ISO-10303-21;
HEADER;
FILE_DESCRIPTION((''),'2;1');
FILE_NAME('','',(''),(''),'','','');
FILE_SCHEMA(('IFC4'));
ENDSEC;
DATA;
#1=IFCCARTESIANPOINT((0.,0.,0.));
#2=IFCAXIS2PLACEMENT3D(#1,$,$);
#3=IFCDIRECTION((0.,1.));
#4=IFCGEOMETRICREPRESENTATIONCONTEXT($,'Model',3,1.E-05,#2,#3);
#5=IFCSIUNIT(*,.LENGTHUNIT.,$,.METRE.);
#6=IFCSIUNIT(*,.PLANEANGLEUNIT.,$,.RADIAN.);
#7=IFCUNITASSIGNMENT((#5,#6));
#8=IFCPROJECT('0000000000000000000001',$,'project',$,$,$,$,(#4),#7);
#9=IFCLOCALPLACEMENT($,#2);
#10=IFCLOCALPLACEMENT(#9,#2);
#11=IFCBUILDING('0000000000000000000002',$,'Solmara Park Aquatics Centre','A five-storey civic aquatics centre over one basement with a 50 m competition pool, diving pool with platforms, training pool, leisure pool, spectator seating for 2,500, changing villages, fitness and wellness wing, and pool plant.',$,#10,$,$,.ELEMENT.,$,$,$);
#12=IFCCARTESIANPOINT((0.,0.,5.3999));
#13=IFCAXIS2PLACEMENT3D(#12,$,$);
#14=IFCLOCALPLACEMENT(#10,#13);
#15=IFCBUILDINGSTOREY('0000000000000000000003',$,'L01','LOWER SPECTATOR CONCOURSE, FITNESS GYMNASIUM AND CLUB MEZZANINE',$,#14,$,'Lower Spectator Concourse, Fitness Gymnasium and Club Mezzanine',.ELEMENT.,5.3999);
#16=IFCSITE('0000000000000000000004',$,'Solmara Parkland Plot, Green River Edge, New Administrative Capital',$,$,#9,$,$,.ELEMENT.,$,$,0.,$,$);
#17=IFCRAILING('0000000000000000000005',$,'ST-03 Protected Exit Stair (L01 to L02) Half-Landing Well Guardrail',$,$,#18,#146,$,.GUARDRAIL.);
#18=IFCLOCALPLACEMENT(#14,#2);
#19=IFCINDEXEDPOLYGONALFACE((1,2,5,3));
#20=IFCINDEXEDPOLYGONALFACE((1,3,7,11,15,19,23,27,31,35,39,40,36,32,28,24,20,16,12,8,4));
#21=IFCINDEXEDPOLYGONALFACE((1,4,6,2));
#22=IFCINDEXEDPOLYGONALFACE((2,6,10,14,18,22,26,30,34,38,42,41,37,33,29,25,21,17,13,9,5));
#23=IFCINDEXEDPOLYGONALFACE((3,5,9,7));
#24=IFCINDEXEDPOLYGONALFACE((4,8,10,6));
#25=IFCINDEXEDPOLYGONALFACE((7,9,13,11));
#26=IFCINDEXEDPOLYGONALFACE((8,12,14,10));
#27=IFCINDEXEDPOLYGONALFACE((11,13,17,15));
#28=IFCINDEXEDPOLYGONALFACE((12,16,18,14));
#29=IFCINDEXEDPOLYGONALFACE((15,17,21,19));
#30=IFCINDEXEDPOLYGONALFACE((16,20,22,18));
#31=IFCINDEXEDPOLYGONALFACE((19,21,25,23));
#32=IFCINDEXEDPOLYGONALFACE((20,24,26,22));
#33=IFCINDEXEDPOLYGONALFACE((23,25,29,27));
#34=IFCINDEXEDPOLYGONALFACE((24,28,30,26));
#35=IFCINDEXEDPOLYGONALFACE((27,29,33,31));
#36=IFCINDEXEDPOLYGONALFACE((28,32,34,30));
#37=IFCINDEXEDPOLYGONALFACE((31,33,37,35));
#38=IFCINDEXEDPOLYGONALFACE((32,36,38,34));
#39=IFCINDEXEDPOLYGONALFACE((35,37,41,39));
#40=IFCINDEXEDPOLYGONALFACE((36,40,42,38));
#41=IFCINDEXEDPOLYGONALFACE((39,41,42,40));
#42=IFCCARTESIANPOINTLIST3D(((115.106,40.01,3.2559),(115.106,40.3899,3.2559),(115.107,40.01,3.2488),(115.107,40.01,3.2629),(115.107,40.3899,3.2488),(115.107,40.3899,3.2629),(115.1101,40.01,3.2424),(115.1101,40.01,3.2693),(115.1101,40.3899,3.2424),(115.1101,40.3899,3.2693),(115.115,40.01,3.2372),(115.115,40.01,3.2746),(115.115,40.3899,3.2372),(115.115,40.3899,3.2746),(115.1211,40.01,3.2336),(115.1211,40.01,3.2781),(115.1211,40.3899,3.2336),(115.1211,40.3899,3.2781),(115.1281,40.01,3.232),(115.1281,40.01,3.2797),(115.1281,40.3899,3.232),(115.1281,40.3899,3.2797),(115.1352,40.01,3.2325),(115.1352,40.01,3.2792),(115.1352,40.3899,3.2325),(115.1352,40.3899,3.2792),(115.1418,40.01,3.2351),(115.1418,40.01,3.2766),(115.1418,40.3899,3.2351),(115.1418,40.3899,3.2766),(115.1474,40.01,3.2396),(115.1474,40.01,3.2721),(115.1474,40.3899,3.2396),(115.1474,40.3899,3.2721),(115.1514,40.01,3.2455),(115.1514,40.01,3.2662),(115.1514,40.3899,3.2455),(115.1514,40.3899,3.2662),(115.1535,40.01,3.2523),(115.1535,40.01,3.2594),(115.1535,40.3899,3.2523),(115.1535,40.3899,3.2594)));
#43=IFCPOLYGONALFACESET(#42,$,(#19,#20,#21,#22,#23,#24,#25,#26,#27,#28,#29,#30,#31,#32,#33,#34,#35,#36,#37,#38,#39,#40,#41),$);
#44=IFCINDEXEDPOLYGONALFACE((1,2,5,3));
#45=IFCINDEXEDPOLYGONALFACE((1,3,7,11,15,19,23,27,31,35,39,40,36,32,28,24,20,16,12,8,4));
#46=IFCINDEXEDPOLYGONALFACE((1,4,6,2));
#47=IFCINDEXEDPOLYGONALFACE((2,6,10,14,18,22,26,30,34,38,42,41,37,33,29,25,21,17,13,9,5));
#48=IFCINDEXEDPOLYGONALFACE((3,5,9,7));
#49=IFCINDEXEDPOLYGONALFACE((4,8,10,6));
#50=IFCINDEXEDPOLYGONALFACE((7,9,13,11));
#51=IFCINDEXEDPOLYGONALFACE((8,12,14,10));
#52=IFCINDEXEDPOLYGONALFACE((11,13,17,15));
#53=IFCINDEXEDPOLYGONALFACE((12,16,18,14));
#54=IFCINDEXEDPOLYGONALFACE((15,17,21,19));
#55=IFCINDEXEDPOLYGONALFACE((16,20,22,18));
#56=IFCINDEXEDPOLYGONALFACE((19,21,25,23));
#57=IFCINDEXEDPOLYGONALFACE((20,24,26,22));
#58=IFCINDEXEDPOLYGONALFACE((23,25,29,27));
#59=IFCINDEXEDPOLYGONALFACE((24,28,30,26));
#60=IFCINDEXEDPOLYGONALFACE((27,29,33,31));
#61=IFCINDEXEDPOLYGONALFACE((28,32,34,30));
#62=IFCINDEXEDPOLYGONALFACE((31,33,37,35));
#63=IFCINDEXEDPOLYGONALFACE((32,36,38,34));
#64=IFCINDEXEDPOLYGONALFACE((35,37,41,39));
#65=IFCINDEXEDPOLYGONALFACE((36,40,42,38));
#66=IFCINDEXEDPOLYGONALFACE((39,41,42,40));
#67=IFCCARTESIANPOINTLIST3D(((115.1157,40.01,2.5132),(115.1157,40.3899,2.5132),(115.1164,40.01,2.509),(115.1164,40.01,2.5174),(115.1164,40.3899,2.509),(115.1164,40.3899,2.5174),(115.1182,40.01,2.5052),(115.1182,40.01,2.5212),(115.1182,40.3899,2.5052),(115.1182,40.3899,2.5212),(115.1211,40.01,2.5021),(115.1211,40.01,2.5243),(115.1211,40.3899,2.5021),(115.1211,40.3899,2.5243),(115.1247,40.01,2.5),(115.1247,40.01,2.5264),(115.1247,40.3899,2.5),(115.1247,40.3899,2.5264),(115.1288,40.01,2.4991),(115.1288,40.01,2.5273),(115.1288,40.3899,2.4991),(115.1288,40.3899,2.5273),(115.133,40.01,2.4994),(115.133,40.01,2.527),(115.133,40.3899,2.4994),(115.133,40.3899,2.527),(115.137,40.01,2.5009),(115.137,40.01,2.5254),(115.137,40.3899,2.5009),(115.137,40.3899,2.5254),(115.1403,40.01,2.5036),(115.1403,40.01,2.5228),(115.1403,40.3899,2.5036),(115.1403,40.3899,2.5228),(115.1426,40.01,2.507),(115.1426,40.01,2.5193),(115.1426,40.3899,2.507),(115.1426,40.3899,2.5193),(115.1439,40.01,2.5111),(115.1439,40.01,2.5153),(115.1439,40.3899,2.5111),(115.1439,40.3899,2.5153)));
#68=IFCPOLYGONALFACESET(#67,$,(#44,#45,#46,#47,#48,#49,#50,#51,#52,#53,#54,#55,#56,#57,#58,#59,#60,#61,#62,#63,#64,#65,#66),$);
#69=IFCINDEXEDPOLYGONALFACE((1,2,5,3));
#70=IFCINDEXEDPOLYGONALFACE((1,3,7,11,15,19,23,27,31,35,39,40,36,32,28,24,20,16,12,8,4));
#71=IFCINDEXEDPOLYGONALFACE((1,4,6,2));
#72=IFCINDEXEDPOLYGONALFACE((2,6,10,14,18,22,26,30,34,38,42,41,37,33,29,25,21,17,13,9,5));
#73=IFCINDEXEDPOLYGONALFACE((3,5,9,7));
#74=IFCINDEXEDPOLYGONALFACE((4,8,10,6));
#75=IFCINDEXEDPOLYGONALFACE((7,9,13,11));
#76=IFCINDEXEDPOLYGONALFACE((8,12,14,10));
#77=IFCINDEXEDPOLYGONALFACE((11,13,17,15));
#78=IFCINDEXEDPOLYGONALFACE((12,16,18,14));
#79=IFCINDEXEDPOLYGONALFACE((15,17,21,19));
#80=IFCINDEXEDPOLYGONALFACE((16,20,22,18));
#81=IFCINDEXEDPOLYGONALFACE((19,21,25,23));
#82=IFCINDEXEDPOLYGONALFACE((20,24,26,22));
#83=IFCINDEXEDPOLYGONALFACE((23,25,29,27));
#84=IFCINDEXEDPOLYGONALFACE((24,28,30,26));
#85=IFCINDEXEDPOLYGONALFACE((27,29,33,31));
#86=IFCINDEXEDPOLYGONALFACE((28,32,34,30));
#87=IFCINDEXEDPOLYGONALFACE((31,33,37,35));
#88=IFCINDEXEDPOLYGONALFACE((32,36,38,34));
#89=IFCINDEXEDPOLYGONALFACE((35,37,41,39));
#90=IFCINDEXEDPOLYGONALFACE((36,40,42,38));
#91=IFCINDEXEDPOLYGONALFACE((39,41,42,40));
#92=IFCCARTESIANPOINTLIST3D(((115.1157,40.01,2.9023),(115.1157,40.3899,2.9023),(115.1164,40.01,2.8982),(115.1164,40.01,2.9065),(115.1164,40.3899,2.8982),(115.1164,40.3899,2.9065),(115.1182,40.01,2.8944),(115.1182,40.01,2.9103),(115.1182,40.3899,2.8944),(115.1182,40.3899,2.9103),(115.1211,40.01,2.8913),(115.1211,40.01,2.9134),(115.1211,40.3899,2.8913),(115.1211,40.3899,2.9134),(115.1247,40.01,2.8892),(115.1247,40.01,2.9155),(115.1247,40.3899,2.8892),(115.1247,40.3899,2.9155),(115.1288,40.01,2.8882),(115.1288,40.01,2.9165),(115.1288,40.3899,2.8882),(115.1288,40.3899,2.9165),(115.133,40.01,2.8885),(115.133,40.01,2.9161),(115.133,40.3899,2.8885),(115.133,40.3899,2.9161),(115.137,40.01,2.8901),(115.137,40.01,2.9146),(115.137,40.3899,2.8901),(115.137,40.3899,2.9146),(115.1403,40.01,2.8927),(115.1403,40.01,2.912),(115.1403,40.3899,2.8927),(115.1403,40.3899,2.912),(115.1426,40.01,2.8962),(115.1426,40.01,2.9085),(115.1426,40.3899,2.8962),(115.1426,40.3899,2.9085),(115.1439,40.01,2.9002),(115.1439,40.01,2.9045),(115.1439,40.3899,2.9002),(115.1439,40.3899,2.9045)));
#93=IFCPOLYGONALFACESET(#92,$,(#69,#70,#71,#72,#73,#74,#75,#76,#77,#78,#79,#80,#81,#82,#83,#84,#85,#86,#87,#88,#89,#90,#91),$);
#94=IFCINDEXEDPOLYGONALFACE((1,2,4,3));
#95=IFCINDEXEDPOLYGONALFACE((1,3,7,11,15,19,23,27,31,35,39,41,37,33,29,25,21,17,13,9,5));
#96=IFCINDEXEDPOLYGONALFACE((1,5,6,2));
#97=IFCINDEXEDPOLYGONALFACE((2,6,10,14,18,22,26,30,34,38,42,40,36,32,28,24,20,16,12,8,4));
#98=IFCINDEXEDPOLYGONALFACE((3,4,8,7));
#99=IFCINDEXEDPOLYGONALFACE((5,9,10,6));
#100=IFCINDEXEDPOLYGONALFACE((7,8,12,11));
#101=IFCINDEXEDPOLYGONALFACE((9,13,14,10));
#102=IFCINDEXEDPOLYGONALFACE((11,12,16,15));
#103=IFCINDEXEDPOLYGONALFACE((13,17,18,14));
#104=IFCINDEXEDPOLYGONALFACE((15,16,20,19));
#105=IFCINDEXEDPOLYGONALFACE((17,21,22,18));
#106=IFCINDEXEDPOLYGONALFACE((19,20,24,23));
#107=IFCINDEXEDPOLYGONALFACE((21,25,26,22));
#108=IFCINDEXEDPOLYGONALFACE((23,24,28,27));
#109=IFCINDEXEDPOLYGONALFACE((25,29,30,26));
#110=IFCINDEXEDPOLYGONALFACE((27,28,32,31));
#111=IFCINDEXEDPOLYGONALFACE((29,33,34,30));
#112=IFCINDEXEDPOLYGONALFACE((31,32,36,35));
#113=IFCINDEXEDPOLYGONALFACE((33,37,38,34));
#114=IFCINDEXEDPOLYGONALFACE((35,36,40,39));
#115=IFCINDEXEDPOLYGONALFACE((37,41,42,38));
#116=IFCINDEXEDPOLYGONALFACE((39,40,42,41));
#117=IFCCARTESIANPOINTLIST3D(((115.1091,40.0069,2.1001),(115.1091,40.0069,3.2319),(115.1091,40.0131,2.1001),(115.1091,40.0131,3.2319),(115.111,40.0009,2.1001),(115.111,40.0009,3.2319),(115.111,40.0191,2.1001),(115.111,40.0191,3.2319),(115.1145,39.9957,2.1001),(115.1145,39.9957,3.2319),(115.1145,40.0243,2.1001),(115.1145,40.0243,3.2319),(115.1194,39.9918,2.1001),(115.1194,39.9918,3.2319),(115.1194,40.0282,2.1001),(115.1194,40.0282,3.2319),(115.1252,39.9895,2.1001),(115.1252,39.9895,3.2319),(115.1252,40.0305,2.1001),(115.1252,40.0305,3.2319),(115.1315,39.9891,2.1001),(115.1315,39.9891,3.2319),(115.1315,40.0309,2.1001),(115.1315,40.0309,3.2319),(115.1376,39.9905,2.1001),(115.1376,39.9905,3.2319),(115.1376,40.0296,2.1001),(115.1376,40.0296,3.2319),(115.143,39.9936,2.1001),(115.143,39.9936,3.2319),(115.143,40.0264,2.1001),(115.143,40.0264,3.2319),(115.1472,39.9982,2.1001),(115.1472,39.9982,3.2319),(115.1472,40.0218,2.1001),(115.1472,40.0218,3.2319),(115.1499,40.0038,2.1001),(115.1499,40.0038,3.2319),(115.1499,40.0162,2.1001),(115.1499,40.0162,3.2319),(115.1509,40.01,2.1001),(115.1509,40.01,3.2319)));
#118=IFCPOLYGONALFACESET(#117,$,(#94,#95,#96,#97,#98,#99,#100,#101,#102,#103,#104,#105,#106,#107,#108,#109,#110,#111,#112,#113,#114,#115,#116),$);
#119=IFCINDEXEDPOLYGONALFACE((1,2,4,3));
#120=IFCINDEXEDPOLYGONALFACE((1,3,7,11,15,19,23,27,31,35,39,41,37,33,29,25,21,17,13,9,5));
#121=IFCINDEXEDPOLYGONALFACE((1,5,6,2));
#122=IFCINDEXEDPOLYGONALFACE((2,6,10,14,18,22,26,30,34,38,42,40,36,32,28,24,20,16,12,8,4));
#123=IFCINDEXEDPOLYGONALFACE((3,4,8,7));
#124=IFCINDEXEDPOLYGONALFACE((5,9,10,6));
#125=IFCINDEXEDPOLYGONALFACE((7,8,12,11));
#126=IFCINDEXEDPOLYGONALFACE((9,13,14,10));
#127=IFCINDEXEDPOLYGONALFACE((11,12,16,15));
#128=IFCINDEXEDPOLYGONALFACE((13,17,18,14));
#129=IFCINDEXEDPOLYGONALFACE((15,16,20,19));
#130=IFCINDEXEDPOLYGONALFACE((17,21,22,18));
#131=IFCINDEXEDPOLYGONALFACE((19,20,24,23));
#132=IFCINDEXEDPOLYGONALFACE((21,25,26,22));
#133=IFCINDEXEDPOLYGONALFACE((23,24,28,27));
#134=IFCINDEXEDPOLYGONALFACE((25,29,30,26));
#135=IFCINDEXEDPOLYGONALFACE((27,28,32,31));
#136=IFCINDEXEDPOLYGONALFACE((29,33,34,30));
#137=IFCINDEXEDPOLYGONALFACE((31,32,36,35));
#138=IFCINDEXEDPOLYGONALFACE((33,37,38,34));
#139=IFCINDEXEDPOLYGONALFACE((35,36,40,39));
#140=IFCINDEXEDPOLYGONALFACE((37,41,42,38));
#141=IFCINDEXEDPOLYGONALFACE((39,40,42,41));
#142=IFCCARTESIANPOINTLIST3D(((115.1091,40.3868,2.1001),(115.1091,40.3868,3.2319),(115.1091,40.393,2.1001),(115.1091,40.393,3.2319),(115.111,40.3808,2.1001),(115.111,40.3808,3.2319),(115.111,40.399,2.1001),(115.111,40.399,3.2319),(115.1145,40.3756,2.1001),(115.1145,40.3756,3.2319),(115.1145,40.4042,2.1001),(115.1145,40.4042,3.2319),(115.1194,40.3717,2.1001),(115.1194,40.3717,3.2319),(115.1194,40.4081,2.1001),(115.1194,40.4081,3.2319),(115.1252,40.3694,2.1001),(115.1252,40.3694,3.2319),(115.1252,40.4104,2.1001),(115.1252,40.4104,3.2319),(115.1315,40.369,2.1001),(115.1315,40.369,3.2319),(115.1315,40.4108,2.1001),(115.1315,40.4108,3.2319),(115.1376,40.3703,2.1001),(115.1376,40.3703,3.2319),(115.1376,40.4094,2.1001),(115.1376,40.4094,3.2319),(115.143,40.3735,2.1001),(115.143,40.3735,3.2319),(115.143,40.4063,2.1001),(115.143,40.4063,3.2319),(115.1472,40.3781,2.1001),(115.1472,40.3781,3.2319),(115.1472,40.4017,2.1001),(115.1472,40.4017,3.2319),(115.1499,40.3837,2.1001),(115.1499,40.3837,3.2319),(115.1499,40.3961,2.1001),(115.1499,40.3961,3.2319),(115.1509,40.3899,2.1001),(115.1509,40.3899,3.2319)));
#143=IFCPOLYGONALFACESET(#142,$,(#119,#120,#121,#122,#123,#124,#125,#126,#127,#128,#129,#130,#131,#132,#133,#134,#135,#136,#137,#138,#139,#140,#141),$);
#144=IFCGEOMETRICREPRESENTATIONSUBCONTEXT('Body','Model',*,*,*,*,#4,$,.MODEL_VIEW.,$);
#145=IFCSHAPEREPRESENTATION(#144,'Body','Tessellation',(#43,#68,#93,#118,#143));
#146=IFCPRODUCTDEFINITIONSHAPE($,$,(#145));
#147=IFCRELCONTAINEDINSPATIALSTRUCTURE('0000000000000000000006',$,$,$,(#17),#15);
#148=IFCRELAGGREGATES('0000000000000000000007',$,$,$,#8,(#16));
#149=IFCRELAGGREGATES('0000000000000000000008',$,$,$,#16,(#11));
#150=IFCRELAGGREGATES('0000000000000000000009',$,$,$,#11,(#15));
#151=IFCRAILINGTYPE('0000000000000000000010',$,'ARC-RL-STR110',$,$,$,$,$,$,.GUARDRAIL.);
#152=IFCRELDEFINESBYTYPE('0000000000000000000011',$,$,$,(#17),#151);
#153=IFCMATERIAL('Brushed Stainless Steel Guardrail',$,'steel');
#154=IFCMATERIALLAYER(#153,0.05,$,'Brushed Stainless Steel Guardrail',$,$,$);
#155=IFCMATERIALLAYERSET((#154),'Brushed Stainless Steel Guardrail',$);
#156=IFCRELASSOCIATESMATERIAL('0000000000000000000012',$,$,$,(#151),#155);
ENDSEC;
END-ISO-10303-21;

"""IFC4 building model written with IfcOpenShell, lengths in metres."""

from ifc_helpers import new_model, si_unit, direction, frame, origin, origin_2d, place, context, subcontext, project, spatial, circle, extrude, material, layer, layer_set, type_object, element, save


model = new_model("IFC4")

# Units and contexts
model_context = context("Model", 3, precision=1e-05, world=origin(), true_north=direction((0.0, 1.0)))
body_context = subcontext(model_context, "Body", "Model", "MODEL_VIEW")
ifc_project = project(units=[si_unit("LENGTHUNIT", "METRE"), si_unit("PLANEANGLEUNIT", "RADIAN")], contexts=[model_context])

# Site, building, storey
site_placement = place(None, origin())
site = spatial("IfcSite", under=ifc_project, at=site_placement, Name="Solmara Parkland Plot, Green River Edge, New Administrative Capital", CompositionType="ELEMENT", RefElevation=0.0)
building_placement = place(site_placement, origin())
building = spatial("IfcBuilding", under=site, at=building_placement, Name="Solmara Park Aquatics Centre", Description="A five-storey civic aquatics centre over one basement with a 50 m competition pool, diving pool with platforms, training pool, leisure pool, spectator seating for 2,500, changing villages, fitness and wellness wing, and pool plant.", CompositionType="ELEMENT")
storey_placement = place(building_placement, frame((0.0, 0.0, 5.3999)))
storey = spatial("IfcBuildingStorey", under=building, at=storey_placement, Name="L01", Description="LOWER SPECTATOR CONCOURSE, FITNESS GYMNASIUM AND CLUB MEZZANINE", LongName="Lower Spectator Concourse, Fitness Gymnasium and Club Mezzanine", CompositionType="ELEMENT", Elevation=5.3999)

# Railing
ifc_material_1 = material(Name="Brushed Stainless Steel Guardrail", Category="steel")
ifc_layer_1 = layer(ifc_material_1, 0.05, Name="Brushed Stainless Steel Guardrail")
ifc_layer_set_1 = layer_set([ifc_layer_1], Name="Brushed Stainless Steel Guardrail")
railing_type_1 = type_object("IfcRailingType", Name="ARC-RL-STR110", PredefinedType="GUARDRAIL", material=ifc_layer_set_1)
railing_1_placement = place(storey_placement, frame((115.1299, 40.01, 2.1001)))
element("IfcRailing", 1, at=railing_1_placement, inside=storey, type_object=railing_type_1, Name="ST-03 Protected Exit Stair (L01 to L02) Half-Landing Well Guardrail", PredefinedType="GUARDRAIL", context=body_context, shape_type="SweptSolid", body=[
    extrude(circle(Radius=0.0239, at=origin_2d()), frame((0.0, 0.0, 1.1558), z_axis=(0.0, 1.0, 0.0), x_axis=(-1.0, 0.0, 0.0)), (0.0, 0.0, 1.0), 0.3799),
    extrude(circle(Radius=0.0142, at=origin_2d()), frame((0.0, 0.0, 0.4131), z_axis=(0.0, 1.0, 0.0), x_axis=(-1.0, 0.0, 0.0)), (0.0, 0.0, 1.0), 0.3799),
    extrude(circle(Radius=0.0142, at=origin_2d()), frame((0.0, 0.0, 0.8022), z_axis=(0.0, 1.0, 0.0), x_axis=(-1.0, 0.0, 0.0)), (0.0, 0.0, 1.0), 0.3799),
    extrude(circle(Radius=0.021, at=origin_2d()), origin(), (0.0, 0.0, 1.0), 1.1318),
    extrude(circle(Radius=0.021, at=origin_2d()), frame((0.0, 0.3799, 0.0)), (0.0, 0.0, 1.0), 1.1318),
])

save(model, "model.ifc")
